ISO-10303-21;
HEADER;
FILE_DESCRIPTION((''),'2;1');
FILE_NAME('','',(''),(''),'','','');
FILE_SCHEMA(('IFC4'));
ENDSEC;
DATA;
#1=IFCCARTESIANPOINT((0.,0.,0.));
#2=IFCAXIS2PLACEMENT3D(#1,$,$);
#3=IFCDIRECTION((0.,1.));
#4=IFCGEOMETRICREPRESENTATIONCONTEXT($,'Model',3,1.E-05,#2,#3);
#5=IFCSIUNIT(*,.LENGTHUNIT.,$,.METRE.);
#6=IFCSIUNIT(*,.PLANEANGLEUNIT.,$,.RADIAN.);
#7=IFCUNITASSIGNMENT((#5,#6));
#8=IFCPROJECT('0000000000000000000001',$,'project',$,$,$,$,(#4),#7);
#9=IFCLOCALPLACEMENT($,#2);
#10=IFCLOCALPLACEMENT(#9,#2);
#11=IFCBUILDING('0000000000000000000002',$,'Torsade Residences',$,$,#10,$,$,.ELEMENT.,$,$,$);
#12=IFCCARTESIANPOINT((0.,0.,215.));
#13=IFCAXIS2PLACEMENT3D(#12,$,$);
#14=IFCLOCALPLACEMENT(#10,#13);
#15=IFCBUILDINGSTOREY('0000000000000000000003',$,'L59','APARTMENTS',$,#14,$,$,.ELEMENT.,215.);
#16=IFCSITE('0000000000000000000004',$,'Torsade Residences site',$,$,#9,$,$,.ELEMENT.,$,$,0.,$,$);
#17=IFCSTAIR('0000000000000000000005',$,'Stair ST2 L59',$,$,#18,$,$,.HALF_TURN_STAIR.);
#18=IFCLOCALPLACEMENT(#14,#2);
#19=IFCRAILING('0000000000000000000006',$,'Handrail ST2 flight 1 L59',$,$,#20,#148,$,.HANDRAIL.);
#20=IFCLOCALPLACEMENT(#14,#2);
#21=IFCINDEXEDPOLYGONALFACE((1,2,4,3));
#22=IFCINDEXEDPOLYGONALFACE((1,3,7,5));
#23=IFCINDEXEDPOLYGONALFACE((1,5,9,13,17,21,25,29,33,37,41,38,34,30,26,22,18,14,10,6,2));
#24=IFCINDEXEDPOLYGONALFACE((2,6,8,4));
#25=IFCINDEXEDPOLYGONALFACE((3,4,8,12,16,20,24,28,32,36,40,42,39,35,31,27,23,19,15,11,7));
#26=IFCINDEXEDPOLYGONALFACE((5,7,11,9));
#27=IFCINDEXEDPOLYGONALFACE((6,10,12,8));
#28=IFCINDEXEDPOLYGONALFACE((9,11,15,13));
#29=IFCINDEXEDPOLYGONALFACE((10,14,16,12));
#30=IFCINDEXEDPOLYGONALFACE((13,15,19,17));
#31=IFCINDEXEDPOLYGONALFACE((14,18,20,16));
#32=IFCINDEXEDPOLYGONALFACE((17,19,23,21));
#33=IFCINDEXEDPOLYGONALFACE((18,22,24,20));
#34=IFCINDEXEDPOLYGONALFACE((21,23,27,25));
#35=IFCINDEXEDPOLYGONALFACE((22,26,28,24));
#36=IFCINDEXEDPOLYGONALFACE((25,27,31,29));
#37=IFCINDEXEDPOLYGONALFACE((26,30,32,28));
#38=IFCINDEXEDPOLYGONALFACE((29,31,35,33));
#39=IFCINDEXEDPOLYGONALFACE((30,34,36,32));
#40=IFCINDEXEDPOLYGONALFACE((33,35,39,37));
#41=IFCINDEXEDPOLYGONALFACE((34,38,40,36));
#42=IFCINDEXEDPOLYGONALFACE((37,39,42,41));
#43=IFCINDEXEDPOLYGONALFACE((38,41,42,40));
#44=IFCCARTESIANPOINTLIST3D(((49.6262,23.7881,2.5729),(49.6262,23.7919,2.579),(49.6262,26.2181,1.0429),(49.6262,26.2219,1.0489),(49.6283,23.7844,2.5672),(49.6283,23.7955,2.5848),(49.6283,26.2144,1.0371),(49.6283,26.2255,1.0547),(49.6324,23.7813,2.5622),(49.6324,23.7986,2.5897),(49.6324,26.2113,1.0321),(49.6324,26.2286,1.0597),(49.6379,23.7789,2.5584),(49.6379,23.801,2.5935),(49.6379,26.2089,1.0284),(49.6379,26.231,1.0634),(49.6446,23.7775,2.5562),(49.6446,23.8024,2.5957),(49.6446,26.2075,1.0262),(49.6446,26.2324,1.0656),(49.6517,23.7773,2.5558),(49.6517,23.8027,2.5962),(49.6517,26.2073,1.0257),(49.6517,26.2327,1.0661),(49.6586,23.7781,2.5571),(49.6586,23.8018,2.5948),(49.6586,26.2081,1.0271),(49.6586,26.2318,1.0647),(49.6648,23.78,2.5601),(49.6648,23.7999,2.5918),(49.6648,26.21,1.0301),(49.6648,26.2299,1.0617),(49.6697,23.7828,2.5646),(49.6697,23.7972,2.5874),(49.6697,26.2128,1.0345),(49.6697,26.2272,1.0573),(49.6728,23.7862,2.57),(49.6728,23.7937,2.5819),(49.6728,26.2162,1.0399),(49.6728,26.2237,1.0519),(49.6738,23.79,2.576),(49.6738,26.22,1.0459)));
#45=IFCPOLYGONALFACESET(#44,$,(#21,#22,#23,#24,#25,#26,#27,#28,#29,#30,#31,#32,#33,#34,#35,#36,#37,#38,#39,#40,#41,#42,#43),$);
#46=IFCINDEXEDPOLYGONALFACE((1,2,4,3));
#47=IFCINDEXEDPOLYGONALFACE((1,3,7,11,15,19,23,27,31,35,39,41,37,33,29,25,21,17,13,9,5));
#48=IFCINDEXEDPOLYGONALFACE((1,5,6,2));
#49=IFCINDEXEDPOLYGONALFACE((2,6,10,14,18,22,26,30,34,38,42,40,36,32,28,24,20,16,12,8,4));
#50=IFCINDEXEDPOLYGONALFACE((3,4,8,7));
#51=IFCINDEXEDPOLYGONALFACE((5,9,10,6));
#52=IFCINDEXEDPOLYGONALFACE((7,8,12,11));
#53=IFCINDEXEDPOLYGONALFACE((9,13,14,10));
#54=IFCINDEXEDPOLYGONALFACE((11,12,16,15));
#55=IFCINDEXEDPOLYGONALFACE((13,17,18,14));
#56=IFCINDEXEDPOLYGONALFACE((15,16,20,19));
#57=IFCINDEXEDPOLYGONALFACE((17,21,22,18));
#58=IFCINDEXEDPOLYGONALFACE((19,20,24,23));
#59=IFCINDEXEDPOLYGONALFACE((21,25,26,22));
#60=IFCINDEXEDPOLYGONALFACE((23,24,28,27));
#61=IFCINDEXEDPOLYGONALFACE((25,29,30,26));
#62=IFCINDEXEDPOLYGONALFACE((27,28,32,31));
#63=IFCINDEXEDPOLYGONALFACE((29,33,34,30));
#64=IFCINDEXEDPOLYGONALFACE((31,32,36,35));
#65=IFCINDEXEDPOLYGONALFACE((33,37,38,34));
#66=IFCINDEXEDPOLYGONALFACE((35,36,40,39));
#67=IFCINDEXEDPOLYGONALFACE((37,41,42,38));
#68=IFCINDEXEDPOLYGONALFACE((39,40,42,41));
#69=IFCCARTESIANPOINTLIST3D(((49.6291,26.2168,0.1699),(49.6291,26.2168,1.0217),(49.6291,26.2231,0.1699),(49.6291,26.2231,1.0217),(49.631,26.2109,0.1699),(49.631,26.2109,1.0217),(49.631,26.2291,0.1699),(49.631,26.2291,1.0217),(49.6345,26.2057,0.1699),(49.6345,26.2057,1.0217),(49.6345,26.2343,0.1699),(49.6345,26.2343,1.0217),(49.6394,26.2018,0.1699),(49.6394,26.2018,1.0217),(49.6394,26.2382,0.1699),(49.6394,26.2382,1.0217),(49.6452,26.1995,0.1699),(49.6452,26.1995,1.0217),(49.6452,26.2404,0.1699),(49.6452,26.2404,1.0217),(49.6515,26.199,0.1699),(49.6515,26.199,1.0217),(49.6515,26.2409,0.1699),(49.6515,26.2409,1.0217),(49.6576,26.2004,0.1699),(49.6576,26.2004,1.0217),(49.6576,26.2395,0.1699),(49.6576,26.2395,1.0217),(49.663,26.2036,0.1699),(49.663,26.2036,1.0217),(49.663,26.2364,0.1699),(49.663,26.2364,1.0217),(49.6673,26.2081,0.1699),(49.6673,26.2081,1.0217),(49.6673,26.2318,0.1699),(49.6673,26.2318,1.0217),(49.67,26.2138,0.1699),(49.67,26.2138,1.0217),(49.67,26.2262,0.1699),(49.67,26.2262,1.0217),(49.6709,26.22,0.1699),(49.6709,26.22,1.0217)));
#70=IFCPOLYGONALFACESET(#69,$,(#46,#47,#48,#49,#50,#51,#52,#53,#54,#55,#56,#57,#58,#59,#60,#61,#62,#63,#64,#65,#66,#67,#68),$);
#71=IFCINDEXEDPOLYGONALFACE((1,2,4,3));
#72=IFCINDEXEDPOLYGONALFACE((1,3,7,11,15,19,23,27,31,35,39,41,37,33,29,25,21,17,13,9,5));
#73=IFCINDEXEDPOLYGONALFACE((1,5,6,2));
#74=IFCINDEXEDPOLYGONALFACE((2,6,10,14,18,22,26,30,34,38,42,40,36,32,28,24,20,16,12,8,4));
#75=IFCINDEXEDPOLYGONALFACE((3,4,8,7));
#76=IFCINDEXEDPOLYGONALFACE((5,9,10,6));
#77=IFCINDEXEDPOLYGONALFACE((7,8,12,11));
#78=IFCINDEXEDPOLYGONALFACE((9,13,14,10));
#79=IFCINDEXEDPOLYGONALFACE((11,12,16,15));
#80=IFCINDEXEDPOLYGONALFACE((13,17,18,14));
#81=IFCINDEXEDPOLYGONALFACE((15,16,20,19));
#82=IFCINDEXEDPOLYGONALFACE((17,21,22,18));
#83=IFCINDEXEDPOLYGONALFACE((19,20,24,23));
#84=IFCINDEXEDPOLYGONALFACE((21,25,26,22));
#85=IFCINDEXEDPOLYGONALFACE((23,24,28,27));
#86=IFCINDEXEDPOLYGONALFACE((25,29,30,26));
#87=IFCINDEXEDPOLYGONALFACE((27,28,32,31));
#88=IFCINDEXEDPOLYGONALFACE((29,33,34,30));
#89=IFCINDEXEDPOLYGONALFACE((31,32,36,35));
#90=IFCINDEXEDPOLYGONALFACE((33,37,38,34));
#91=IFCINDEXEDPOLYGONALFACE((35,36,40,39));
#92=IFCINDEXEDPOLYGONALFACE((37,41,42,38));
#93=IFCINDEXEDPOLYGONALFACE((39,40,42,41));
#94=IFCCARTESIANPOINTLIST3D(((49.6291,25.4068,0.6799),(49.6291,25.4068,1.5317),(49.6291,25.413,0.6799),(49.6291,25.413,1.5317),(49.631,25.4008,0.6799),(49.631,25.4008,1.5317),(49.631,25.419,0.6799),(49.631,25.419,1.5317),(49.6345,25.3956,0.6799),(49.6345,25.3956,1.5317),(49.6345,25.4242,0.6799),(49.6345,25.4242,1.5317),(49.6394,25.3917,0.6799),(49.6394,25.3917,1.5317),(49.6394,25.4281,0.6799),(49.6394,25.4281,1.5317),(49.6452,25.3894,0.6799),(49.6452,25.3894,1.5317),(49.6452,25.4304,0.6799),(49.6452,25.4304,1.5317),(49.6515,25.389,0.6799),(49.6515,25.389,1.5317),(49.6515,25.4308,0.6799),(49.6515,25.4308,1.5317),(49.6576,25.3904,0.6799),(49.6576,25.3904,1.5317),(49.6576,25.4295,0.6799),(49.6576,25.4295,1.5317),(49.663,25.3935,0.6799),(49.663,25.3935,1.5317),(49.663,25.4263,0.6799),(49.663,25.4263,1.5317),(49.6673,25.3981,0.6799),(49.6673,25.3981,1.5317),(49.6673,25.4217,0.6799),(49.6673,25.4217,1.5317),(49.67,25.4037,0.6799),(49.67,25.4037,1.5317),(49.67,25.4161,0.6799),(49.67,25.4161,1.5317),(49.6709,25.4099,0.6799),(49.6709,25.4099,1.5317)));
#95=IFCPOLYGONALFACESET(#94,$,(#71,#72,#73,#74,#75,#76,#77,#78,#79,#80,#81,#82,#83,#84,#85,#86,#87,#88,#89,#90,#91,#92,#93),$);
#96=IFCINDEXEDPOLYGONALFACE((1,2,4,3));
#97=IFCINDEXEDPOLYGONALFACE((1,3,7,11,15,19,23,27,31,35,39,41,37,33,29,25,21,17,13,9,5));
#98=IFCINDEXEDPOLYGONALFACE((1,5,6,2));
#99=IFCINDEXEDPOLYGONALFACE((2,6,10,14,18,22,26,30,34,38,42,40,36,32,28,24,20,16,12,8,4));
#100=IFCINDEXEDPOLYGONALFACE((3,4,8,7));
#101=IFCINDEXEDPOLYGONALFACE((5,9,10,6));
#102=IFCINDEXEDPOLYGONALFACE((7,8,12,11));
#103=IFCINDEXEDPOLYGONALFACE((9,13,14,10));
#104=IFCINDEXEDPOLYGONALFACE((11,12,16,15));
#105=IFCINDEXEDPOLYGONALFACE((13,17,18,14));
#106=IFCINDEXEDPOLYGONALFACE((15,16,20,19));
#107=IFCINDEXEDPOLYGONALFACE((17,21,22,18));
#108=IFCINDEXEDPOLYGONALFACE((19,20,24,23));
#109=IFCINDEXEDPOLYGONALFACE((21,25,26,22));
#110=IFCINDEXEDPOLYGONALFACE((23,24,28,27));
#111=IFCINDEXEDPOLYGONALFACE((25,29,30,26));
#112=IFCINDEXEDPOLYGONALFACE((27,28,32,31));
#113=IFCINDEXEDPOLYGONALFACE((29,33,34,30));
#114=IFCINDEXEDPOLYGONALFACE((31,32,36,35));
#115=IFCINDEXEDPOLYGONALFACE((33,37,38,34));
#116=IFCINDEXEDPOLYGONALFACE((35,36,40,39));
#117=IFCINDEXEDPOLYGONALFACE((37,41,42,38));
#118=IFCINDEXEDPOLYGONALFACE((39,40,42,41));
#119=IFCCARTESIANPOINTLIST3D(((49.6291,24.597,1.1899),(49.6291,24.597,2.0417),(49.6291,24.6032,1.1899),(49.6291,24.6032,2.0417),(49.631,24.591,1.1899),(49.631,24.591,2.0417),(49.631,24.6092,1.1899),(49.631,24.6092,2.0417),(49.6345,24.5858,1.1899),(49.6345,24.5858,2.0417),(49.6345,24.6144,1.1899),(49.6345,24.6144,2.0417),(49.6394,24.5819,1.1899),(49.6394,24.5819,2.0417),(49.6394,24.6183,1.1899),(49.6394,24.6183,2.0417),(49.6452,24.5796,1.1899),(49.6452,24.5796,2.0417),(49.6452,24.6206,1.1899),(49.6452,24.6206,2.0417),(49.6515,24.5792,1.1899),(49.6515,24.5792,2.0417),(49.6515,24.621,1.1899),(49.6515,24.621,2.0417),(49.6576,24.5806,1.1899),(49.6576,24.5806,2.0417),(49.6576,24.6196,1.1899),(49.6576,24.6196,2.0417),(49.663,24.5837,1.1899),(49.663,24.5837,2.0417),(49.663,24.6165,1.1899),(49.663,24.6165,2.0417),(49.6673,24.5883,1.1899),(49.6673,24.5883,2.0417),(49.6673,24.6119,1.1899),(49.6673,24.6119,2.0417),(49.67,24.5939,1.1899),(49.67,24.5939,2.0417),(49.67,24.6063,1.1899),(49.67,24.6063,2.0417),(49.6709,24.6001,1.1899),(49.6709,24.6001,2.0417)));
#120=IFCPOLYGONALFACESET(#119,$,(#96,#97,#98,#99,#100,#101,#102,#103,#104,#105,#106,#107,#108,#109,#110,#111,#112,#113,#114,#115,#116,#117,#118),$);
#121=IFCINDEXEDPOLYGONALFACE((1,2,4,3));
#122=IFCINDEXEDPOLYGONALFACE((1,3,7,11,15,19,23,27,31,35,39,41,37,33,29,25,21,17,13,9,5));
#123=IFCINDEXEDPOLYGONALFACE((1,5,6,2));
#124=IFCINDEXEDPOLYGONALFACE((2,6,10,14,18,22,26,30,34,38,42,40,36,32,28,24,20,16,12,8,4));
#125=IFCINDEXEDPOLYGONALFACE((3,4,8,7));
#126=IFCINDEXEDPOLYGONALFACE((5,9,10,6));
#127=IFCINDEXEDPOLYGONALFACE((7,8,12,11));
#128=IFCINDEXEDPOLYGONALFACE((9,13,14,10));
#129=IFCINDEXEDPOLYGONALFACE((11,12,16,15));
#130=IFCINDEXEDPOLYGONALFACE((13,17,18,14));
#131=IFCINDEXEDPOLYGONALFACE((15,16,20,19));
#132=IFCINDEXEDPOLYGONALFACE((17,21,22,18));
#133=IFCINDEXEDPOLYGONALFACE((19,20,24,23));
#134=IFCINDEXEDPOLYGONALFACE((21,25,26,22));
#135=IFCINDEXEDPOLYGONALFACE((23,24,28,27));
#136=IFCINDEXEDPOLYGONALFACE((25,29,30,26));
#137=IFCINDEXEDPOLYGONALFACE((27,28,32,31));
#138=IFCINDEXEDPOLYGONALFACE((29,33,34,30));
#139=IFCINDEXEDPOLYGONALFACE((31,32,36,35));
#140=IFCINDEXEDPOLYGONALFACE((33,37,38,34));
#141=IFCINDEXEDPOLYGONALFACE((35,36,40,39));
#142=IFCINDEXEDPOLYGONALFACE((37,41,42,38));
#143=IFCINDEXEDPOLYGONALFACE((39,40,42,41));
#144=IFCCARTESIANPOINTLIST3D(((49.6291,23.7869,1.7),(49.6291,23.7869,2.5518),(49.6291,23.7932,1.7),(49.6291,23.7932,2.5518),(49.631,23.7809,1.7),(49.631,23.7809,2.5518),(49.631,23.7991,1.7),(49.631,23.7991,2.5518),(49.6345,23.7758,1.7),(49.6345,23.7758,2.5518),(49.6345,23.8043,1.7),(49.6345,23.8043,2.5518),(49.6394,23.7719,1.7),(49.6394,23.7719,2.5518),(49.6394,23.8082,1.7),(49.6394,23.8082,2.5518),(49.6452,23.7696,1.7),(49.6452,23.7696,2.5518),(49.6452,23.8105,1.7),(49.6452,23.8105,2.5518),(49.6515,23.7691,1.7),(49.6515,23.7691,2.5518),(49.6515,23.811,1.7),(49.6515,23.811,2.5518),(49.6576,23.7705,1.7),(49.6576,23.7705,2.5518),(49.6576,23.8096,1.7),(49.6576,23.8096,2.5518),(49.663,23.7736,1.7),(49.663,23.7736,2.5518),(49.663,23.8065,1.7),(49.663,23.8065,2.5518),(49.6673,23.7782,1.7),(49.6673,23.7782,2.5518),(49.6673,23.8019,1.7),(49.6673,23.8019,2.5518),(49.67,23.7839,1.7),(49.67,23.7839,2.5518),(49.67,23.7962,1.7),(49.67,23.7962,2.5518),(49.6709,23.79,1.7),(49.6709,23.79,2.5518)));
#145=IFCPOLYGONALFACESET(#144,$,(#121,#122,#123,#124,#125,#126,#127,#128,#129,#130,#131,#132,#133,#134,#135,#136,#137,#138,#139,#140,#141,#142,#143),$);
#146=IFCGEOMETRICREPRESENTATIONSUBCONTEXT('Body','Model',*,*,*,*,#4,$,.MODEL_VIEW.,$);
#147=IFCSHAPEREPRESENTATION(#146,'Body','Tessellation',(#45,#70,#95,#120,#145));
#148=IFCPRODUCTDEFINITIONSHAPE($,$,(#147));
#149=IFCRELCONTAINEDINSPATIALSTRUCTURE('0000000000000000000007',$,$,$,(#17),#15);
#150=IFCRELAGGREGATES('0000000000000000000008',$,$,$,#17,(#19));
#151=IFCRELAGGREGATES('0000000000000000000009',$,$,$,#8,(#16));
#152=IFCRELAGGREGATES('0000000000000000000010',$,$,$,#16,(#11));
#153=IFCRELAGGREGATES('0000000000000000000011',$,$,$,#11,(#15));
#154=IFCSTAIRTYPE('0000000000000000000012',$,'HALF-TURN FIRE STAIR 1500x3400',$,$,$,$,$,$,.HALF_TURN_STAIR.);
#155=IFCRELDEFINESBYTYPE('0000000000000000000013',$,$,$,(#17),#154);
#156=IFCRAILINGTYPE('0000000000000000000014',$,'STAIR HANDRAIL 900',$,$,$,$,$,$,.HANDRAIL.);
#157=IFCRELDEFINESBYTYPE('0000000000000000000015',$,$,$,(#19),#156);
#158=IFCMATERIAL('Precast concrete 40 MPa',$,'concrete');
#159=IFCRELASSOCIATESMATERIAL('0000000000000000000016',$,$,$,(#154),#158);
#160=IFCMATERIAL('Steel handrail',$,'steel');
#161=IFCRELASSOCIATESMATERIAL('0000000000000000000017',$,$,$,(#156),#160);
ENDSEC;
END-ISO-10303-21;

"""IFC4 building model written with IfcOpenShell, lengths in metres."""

from ifc_helpers import new_model, si_unit, direction, frame, origin, origin_2d, place, context, subcontext, project, spatial, circle, extrude, material, type_object, element, aggregate, save


model = new_model("IFC4")

# Units and contexts
model_context = context("Model", 3, precision=1e-05, world=origin(), true_north=direction((0.0, 1.0)))
body_context = subcontext(model_context, "Body", "Model", "MODEL_VIEW")
ifc_project = project(units=[si_unit("LENGTHUNIT", "METRE"), si_unit("PLANEANGLEUNIT", "RADIAN")], contexts=[model_context])

# Site, building, storey
site_placement = place(None, origin())
site = spatial("IfcSite", under=ifc_project, at=site_placement, Name="Torsade Residences site", CompositionType="ELEMENT", RefElevation=0.0)
building_placement = place(site_placement, origin())
building = spatial("IfcBuilding", under=site, at=building_placement, Name="Torsade Residences", CompositionType="ELEMENT")
storey_placement = place(building_placement, frame((0.0, 0.0, 215.0)))
storey = spatial("IfcBuildingStorey", under=building, at=storey_placement, Name="L59", Description="APARTMENTS", CompositionType="ELEMENT", Elevation=215.0)

# Stair, railing
ifc_material_1 = material(Name="Precast concrete 40 MPa", Category="concrete")
stair_type = type_object("IfcStairType", Name="HALF-TURN FIRE STAIR 1500x3400", PredefinedType="HALF_TURN_STAIR", material=ifc_material_1)
stair_placement = place(storey_placement, origin())
stair = element("IfcStair", 1, at=stair_placement, inside=storey, type_object=stair_type, Name="Stair ST2 L59", PredefinedType="HALF_TURN_STAIR")
ifc_material_2 = material(Name="Steel handrail", Category="steel")
railing_type = type_object("IfcRailingType", Name="STAIR HANDRAIL 900", PredefinedType="HANDRAIL", material=ifc_material_2)
railing_1_placement = place(storey_placement, frame((49.6499, 26.22, 0.1699)))
railing_1 = element("IfcRailing", 2, at=railing_1_placement, type_object=railing_type, Name="Handrail ST2 flight 1 L59", PredefinedType="HANDRAIL", context=body_context, shape_type="SweptSolid", body=[
    extrude(circle(Radius=0.0239, at=origin_2d()), frame((0.0, 0.0, 0.876), z_axis=(0.0, -0.846221, 0.532831), x_axis=(1.0, 0.0, 0.0)), (0.0, 0.0, 1.0), 2.8716),
    extrude(circle(Radius=0.021, at=origin_2d()), origin(), (0.0, 0.0, 1.0), 0.8518),
    extrude(circle(Radius=0.021, at=origin_2d()), frame((0.0, -0.8101, 0.51)), (0.0, 0.0, 1.0), 0.8518),
    extrude(circle(Radius=0.021, at=origin_2d()), frame((0.0, -1.6199, 1.02)), (0.0, 0.0, 1.0), 0.8518),
    extrude(circle(Radius=0.021, at=origin_2d()), frame((0.0, -2.4299, 1.53)), (0.0, 0.0, 1.0), 0.8518),
])
aggregate(stair, [railing_1])

save(model, "model.ifc")
